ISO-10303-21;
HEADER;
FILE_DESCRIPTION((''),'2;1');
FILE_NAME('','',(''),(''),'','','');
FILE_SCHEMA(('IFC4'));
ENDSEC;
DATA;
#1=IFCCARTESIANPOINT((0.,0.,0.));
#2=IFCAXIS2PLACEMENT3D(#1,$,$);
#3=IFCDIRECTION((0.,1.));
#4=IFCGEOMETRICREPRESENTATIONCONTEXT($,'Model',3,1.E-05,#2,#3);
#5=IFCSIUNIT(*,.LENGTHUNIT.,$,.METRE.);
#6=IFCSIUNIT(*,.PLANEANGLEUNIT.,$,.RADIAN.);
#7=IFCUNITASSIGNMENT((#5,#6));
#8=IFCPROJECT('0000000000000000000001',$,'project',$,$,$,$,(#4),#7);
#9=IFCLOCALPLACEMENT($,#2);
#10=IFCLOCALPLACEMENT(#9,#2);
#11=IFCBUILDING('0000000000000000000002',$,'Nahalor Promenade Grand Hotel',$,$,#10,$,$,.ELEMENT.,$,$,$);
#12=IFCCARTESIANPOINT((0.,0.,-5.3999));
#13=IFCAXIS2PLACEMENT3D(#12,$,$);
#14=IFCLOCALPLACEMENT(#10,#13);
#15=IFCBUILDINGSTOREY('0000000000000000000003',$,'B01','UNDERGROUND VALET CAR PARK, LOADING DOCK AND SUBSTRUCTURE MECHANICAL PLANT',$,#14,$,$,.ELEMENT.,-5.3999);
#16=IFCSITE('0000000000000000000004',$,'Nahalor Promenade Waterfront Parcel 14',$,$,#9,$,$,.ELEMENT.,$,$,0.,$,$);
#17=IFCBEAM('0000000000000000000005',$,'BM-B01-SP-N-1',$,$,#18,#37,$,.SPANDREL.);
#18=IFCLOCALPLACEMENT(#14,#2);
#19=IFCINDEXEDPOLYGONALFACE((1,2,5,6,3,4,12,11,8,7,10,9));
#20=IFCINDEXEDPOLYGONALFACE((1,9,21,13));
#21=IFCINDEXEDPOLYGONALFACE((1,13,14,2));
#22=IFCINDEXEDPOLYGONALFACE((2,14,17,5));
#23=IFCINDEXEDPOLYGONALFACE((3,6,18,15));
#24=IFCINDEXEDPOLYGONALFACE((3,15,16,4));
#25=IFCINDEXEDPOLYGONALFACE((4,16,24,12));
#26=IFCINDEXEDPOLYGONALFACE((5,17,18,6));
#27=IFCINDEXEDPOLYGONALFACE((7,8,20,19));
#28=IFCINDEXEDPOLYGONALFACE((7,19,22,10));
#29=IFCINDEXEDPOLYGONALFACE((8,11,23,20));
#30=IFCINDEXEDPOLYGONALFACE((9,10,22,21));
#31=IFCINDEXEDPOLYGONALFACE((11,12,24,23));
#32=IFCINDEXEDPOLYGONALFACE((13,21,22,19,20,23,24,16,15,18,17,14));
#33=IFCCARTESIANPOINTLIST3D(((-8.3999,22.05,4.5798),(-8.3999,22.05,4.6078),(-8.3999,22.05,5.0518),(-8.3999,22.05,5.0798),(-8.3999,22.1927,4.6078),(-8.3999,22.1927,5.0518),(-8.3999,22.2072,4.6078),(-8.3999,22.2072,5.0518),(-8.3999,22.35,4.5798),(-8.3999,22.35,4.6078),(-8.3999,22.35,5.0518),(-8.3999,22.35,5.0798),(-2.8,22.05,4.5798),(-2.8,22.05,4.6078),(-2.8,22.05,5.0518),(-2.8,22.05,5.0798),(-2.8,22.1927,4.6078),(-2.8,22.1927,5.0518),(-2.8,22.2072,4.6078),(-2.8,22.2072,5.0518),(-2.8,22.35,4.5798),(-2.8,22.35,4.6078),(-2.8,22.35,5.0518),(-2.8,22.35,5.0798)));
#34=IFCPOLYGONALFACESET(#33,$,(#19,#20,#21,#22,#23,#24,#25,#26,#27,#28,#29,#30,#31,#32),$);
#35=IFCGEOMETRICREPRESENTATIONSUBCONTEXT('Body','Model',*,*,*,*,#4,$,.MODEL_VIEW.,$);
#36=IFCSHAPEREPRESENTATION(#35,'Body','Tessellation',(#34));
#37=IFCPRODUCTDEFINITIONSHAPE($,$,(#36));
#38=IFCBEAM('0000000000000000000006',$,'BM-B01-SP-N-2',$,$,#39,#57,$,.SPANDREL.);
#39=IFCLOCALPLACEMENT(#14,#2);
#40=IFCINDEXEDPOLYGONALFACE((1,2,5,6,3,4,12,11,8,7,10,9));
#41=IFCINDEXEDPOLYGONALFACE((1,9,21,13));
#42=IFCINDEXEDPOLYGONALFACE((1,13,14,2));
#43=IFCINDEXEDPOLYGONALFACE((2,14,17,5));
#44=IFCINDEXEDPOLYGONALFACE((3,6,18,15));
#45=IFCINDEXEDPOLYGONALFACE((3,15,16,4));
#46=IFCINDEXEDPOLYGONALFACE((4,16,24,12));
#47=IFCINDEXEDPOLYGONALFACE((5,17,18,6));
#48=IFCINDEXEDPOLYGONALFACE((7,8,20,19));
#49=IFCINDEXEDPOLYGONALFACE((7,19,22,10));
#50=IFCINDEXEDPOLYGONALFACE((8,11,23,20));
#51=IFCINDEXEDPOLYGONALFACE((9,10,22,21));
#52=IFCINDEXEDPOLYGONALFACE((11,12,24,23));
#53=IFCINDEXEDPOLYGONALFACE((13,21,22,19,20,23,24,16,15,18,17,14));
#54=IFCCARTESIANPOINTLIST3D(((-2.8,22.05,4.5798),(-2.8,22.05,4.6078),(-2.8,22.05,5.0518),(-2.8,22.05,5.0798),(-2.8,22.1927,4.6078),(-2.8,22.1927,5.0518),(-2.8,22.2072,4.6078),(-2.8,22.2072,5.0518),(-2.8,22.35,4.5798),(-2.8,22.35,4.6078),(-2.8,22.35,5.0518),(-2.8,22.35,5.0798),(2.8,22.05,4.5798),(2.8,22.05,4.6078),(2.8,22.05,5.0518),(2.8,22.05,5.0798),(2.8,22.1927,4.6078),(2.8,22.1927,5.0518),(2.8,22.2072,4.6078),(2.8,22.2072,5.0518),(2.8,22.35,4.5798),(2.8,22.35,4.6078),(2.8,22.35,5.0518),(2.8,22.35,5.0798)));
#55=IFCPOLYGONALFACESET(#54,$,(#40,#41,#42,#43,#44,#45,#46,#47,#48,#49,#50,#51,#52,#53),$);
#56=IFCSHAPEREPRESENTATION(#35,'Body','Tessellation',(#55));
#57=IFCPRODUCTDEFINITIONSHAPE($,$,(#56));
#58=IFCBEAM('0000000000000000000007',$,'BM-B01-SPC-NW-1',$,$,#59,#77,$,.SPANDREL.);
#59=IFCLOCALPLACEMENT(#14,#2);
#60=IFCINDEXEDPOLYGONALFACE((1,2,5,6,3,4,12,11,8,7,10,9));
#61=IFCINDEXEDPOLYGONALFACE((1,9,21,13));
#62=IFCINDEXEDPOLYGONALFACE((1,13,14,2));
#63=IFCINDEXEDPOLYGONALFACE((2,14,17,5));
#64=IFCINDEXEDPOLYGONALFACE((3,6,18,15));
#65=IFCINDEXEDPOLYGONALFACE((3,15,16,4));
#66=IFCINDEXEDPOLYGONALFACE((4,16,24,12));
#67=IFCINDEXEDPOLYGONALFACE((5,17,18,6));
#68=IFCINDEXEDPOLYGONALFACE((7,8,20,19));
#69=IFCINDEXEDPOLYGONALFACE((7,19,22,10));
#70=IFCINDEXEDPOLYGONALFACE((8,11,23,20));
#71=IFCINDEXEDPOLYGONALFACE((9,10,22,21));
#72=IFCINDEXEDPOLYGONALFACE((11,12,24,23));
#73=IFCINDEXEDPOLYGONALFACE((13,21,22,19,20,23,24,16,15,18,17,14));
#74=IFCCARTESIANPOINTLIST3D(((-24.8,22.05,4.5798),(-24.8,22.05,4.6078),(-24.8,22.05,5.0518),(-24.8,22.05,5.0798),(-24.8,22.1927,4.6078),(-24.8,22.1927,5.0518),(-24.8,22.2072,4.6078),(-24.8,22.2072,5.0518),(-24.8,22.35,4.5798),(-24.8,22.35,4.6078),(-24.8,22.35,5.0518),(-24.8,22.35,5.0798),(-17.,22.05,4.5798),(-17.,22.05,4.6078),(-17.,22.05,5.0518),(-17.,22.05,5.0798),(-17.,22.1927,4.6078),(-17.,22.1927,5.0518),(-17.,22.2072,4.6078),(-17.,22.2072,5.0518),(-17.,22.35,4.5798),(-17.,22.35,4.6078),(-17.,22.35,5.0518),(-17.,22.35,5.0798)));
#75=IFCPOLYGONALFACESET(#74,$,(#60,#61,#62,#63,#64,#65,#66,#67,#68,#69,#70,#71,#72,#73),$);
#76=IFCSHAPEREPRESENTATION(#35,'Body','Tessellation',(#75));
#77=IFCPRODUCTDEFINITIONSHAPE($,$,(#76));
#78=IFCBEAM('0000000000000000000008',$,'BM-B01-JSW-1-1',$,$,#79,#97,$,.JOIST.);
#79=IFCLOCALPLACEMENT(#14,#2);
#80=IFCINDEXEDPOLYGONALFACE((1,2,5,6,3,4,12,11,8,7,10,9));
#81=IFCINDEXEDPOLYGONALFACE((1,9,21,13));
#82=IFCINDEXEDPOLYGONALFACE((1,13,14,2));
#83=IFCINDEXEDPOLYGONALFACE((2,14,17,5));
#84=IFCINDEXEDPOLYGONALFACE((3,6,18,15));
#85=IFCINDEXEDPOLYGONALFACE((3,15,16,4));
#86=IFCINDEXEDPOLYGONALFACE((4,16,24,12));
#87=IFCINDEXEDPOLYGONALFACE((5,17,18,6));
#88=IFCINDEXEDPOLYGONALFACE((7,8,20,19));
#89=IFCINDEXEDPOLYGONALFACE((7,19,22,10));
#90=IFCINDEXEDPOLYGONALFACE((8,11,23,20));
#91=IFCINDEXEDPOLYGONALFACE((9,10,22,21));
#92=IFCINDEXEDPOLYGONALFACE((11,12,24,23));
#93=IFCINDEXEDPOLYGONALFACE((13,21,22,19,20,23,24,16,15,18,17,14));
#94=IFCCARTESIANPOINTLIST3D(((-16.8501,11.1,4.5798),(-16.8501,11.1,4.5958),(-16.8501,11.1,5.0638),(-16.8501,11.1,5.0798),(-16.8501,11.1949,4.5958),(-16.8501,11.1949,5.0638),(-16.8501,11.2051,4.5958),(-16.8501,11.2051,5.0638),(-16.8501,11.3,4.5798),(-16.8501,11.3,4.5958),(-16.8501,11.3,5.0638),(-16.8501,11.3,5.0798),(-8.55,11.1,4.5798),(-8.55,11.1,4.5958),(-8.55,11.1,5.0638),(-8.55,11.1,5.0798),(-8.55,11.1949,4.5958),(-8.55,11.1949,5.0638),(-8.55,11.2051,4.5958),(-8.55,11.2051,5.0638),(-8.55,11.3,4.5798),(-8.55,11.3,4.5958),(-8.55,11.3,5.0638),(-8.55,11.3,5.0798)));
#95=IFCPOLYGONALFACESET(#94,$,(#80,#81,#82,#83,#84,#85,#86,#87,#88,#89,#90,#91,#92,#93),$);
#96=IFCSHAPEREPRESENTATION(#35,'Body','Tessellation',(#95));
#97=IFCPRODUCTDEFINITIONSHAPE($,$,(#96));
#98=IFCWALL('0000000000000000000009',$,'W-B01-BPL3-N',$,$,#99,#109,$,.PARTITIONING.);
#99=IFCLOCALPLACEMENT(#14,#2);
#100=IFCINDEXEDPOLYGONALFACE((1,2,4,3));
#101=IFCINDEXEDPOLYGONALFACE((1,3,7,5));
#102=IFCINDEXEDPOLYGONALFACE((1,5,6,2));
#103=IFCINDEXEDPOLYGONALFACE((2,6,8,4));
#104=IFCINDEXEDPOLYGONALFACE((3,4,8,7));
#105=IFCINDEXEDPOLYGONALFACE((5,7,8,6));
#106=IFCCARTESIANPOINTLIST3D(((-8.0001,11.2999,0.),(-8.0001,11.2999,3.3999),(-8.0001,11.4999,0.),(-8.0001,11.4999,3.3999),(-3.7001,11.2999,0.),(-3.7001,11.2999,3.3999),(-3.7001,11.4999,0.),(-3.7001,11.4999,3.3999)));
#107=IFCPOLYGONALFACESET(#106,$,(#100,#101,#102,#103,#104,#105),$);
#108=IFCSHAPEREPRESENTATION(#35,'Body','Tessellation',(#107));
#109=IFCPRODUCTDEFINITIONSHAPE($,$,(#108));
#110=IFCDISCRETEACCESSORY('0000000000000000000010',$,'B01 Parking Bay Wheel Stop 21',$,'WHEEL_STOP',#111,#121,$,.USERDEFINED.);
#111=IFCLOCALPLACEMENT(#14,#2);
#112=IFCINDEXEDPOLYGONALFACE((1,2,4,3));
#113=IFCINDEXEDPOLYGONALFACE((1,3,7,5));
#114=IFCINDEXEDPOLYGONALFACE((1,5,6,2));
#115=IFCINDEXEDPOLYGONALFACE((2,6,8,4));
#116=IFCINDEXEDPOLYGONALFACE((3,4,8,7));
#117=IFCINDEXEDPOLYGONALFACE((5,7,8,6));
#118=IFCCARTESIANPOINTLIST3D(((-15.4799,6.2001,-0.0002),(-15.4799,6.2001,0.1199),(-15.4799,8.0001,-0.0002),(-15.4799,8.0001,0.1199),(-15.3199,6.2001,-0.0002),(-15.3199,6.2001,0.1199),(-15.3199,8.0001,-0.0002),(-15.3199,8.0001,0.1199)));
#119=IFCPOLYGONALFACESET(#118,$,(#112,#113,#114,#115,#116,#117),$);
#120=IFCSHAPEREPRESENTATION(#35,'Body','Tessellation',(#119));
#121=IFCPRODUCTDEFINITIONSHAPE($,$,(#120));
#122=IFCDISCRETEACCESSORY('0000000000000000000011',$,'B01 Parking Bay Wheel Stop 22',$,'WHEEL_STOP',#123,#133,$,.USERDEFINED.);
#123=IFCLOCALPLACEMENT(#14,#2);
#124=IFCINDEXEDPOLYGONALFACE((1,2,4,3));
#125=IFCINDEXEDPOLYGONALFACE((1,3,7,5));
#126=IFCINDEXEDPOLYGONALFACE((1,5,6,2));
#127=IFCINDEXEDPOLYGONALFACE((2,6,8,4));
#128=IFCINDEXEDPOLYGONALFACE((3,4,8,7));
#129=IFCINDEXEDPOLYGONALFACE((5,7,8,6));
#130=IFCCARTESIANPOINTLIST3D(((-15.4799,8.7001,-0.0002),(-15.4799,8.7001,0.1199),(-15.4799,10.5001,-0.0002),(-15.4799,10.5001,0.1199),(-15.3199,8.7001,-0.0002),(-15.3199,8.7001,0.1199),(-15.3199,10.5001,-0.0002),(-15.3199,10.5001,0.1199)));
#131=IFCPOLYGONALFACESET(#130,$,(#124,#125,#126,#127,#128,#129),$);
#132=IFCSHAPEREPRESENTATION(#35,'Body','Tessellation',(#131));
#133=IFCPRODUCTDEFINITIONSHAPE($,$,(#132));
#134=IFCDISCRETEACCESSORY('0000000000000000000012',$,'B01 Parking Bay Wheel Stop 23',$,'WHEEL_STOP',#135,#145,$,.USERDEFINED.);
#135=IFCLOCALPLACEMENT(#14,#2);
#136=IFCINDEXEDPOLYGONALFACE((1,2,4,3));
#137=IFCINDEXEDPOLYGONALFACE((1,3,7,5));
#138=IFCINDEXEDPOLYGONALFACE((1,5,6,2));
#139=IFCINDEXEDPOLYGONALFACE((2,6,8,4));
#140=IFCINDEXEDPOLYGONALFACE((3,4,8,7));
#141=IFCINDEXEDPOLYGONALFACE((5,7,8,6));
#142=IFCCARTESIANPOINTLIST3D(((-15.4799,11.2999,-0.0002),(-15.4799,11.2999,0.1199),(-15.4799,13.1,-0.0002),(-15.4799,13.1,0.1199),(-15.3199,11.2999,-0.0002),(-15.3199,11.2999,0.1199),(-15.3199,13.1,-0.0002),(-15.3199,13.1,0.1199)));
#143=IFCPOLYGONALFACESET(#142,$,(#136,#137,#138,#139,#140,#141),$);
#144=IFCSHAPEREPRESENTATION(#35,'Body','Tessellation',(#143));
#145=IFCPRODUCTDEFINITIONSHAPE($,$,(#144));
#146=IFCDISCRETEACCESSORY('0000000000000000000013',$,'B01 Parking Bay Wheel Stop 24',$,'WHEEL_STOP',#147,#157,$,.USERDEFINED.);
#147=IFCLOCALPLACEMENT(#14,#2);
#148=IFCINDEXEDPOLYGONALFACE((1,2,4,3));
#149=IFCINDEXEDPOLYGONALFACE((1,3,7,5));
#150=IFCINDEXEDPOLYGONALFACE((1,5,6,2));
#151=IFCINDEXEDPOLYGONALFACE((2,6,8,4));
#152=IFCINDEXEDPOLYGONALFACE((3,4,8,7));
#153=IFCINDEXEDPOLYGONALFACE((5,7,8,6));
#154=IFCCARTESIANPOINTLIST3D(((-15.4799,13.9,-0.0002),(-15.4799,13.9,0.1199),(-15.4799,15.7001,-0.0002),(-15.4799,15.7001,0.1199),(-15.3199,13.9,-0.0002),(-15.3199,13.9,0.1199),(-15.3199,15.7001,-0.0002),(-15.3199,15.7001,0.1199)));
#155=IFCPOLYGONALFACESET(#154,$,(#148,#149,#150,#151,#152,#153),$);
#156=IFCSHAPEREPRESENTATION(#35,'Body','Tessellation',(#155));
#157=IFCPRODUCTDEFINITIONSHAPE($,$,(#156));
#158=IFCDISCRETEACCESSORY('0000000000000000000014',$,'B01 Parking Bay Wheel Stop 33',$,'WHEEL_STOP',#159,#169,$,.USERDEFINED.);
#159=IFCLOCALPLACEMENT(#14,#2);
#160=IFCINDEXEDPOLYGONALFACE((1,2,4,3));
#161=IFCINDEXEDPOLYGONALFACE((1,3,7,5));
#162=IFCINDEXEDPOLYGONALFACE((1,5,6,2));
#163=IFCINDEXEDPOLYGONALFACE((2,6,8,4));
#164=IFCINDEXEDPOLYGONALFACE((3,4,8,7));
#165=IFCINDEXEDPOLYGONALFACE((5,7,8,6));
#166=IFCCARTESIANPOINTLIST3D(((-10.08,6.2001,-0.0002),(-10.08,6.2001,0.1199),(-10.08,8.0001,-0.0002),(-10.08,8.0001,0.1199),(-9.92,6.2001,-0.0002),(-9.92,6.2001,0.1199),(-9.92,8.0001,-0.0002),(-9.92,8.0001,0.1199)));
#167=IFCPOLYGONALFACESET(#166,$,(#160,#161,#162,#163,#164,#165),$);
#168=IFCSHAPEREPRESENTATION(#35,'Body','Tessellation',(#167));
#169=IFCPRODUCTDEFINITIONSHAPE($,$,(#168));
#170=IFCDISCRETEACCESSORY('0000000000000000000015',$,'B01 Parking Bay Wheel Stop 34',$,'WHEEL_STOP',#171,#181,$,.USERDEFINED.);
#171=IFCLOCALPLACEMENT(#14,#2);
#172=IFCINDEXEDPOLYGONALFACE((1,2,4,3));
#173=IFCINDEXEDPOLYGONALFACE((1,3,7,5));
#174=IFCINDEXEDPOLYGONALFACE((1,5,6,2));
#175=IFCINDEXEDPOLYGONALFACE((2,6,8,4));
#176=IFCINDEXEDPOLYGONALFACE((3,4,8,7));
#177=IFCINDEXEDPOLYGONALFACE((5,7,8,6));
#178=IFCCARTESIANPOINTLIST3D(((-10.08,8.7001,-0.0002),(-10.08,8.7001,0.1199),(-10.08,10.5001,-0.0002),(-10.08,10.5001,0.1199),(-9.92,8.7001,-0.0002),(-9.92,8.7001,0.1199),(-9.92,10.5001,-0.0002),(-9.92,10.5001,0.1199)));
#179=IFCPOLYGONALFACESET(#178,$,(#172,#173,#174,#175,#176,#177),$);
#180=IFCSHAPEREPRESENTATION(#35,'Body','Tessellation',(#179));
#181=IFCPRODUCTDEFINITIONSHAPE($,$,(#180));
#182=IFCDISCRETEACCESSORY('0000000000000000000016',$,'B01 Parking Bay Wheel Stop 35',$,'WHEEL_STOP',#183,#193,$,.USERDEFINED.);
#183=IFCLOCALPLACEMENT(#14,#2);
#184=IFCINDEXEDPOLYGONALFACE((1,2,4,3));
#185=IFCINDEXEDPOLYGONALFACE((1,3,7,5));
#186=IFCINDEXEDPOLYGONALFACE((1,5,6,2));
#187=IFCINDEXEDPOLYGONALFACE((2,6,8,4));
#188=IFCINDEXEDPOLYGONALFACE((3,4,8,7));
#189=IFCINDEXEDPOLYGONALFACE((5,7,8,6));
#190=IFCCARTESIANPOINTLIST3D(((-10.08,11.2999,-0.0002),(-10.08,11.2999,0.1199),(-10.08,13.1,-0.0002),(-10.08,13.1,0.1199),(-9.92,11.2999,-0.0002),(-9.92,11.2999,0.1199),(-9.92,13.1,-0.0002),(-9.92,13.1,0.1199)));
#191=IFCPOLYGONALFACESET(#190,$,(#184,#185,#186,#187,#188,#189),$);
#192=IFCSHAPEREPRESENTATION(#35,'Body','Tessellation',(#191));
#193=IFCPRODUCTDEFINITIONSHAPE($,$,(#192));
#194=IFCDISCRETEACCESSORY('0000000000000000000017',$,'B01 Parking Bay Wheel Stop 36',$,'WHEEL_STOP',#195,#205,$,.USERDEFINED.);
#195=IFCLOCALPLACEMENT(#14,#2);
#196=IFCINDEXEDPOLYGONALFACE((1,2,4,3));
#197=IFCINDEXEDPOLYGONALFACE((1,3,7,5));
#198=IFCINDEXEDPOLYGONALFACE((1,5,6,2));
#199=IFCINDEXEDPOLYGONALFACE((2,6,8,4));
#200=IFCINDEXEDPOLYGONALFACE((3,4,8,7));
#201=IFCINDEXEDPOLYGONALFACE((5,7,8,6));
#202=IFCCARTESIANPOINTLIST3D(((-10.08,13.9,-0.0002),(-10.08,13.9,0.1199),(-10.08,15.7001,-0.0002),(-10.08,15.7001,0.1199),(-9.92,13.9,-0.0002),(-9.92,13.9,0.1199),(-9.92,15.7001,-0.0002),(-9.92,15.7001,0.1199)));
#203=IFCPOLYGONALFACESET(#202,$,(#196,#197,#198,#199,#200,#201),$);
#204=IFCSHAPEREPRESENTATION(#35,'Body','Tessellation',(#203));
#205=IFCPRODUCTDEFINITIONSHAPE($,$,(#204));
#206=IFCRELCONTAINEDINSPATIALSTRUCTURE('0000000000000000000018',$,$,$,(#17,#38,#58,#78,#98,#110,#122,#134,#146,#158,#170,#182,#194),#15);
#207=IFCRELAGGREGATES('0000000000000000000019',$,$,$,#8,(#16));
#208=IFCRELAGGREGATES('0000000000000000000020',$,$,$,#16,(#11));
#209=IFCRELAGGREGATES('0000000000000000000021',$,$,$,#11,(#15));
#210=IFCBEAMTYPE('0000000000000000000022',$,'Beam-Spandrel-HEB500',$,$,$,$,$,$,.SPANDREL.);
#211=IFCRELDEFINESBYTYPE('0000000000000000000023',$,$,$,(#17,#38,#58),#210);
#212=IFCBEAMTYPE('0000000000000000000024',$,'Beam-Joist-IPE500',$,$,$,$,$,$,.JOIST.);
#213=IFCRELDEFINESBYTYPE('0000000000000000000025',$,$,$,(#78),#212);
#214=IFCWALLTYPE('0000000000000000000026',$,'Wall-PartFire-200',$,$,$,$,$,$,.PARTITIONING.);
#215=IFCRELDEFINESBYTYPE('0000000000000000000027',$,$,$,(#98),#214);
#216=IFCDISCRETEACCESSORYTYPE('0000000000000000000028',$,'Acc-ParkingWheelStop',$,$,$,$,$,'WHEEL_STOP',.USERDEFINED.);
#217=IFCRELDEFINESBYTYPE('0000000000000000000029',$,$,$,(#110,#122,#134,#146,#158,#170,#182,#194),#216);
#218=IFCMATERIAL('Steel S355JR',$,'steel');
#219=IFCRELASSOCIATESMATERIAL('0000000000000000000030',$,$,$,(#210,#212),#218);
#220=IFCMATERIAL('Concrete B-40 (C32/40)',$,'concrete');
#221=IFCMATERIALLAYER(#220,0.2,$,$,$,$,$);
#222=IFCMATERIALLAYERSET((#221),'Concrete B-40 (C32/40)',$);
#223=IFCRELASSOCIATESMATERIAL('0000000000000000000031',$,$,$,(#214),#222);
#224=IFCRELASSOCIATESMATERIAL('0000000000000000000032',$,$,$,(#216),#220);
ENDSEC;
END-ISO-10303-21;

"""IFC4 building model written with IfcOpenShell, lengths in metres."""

from ifc_helpers import new_model, si_unit, direction, frame, frame_2d, origin, origin_2d, place, context, subcontext, project, spatial, rectangle, i_section, extrude, source, transform, mapped, material, layer, layer_set, material_profile, profile_set, type_object, element, save


model = new_model("IFC4")

# Units and contexts
model_context = context("Model", 3, precision=1e-05, world=origin(), true_north=direction((0.0, 1.0)))
body_context = subcontext(model_context, "Body", "Model", "MODEL_VIEW")
ifc_project = project(units=[si_unit("LENGTHUNIT", "METRE"), si_unit("PLANEANGLEUNIT", "RADIAN")], contexts=[model_context])

# Site, building, storey
site_placement = place(None, origin())
site = spatial("IfcSite", under=ifc_project, at=site_placement, Name="Nahalor Promenade Waterfront Parcel 14", CompositionType="ELEMENT", RefElevation=0.0)
building_placement = place(site_placement, origin())
building = spatial("IfcBuilding", under=site, at=building_placement, Name="Nahalor Promenade Grand Hotel", CompositionType="ELEMENT")
storey_placement = place(building_placement, frame((0.0, 0.0, -5.3999)))
storey = spatial("IfcBuildingStorey", under=building, at=storey_placement, Name="B01", Description="UNDERGROUND VALET CAR PARK, LOADING DOCK AND SUBSTRUCTURE MECHANICAL PLANT", CompositionType="ELEMENT", Elevation=-5.3999)

# Beams
ifc_material_1 = material(Name="Steel S355JR", Category="steel")
ifc_material_profile_1 = material_profile(ifc_material_1, i_section(OverallWidth=0.3, OverallDepth=0.5, WebThickness=0.0145, FlangeThickness=0.028, at=origin_2d()), Name="HEB 500")
ifc_profile_set_1 = profile_set([ifc_material_profile_1], Name="Steel S355JR")
beam_type_1 = type_object("IfcBeamType", Name="Beam-Spandrel-HEB500", PredefinedType="SPANDREL", material=ifc_profile_set_1)
shared_shape_1 = source(origin(), body_context, "Body", "SweptSolid", [
    extrude(i_section(OverallWidth=0.3, OverallDepth=0.5, WebThickness=0.0145, FlangeThickness=0.028, at=origin_2d()), origin(), (0.0, 0.0, 1.0), 5.5999),
])
beam_1_placement = place(storey_placement, frame((-8.3999, 22.2, 4.8298), z_axis=(1.0, 0.0, 0.0), x_axis=(0.0, 1.0, 0.0)))
element("IfcBeam", 1, at=beam_1_placement, inside=storey, type_object=beam_type_1, Name="BM-B01-SP-N-1", PredefinedType="SPANDREL", context=body_context, shape_type="MappedRepresentation", body=[
    mapped(shared_shape_1, transform((0.0, 0.0, 0.0), scale=1.0)),
])
shared_shape_2 = source(origin(), body_context, "Body", "SweptSolid", [
    extrude(i_section(OverallWidth=0.3, OverallDepth=0.5, WebThickness=0.0145, FlangeThickness=0.028, at=origin_2d()), origin(), (0.0, 0.0, 1.0), 5.6001),
])
beam_2_placement = place(storey_placement, frame((-2.8, 22.2, 4.8298), z_axis=(1.0, 0.0, 0.0), x_axis=(0.0, 1.0, 0.0)))
element("IfcBeam", 2, at=beam_2_placement, inside=storey, type_object=beam_type_1, Name="BM-B01-SP-N-2", PredefinedType="SPANDREL", context=body_context, shape_type="MappedRepresentation", body=[
    mapped(shared_shape_2, transform((0.0, 0.0, 0.0), scale=1.0)),
])
shared_shape_3 = source(origin(), body_context, "Body", "SweptSolid", [
    extrude(i_section(OverallWidth=0.3, OverallDepth=0.5, WebThickness=0.0145, FlangeThickness=0.028, at=origin_2d()), origin(), (0.0, 0.0, 1.0), 7.8),
])
beam_3_placement = place(storey_placement, frame((-17.0, 22.2, 4.8298), z_axis=(-1.0, 0.0, 0.0), x_axis=(0.0, -1.0, 0.0)))
element("IfcBeam", 3, at=beam_3_placement, inside=storey, type_object=beam_type_1, Name="BM-B01-SPC-NW-1", PredefinedType="SPANDREL", context=body_context, shape_type="MappedRepresentation", body=[
    mapped(shared_shape_3, transform((0.0, 0.0, 0.0), scale=1.0)),
])
ifc_material_profile_2 = material_profile(ifc_material_1, i_section(OverallWidth=0.2, OverallDepth=0.5, WebThickness=0.0102, FlangeThickness=0.016, at=origin_2d()), Name="IPE 500")
ifc_profile_set_2 = profile_set([ifc_material_profile_2], Name="Steel S355JR")
beam_type_2 = type_object("IfcBeamType", Name="Beam-Joist-IPE500", PredefinedType="JOIST", material=ifc_profile_set_2)
shared_shape_4 = source(origin(), body_context, "Body", "SweptSolid", [
    extrude(i_section(OverallWidth=0.2, OverallDepth=0.5, WebThickness=0.0102, FlangeThickness=0.016, at=origin_2d()), origin(), (0.0, 0.0, 1.0), 8.3),
])
beam_4_placement = place(storey_placement, frame((-16.8501, 11.2, 4.8298), z_axis=(1.0, 0.0, 0.0), x_axis=(0.0, 1.0, 0.0)))
element("IfcBeam", 4, at=beam_4_placement, inside=storey, type_object=beam_type_2, Name="BM-B01-JSW-1-1", PredefinedType="JOIST", context=body_context, shape_type="MappedRepresentation", body=[
    mapped(shared_shape_4, transform((0.0, 0.0, 0.0), scale=1.0)),
])

# Wall
ifc_material_2 = material(Name="Concrete B-40 (C32/40)", Category="concrete")
ifc_layer = layer(ifc_material_2, 0.2)
ifc_layer_set = layer_set([ifc_layer], Name="Concrete B-40 (C32/40)")
wall_type = type_object("IfcWallType", Name="Wall-PartFire-200", PredefinedType="PARTITIONING", material=ifc_layer_set)
shared_shape_5 = source(origin(), body_context, "Body", "SweptSolid", [
    extrude(rectangle(XDim=4.3, YDim=0.2, at=frame_2d((2.1499, 0.0))), origin(), (0.0, 0.0, 1.0), 3.3999),
])
wall_1_placement = place(storey_placement, frame((-8.0, 11.3999, 0.0), z_axis=(0.0, 0.0, 1.0), x_axis=(1.0, 0.0, 0.0)))
element("IfcWall", 5, at=wall_1_placement, inside=storey, type_object=wall_type, Name="W-B01-BPL3-N", PredefinedType="PARTITIONING", context=body_context, shape_type="MappedRepresentation", body=[
    mapped(shared_shape_5, transform((0.0, 0.0, 0.0), scale=1.0)),
])

# Discrete accessories
discrete_accessory_type = type_object("IfcDiscreteAccessoryType", Name="Acc-ParkingWheelStop", ElementType="WHEEL_STOP", PredefinedType="USERDEFINED", material=ifc_material_2)
shared_shape_6 = source(origin(), body_context, "Body", "SweptSolid", [
    extrude(rectangle(XDim=1.8, YDim=0.1599, at=origin_2d()), origin(), (0.0, 0.0, 1.0), 0.1201),
])
for number, where, z_axis, x_axis, name in (
    (6, (-15.3999, 7.1001, -0.0002), (0.0, 0.0, 1.0), (0.0, 1.0, 0.0), "B01 Parking Bay Wheel Stop 21"),
    (7, (-15.3999, 9.6001, -0.0002), (0.0, 0.0, 1.0), (0.0, 1.0, 0.0), "B01 Parking Bay Wheel Stop 22"),
    (8, (-15.3999, 12.2, -0.0002), (0.0, 0.0, 1.0), (0.0, 1.0, 0.0), "B01 Parking Bay Wheel Stop 23"),
    (9, (-15.3999, 14.8, -0.0002), (0.0, 0.0, 1.0), (0.0, 1.0, 0.0), "B01 Parking Bay Wheel Stop 24"),
    (10, (-10.0, 7.1001, -0.0002), (0.0, 0.0, 1.0), (0.0, 1.0, 0.0), "B01 Parking Bay Wheel Stop 33"),
    (11, (-10.0, 9.6001, -0.0002), (0.0, 0.0, 1.0), (0.0, 1.0, 0.0), "B01 Parking Bay Wheel Stop 34"),
    (12, (-10.0, 12.2, -0.0002), (0.0, 0.0, 1.0), (0.0, 1.0, 0.0), "B01 Parking Bay Wheel Stop 35"),
    (13, (-10.0, 14.8, -0.0002), (0.0, 0.0, 1.0), (0.0, 1.0, 0.0), "B01 Parking Bay Wheel Stop 36"),
):
    element("IfcDiscreteAccessory", number, at=place(storey_placement, frame(where, z_axis=z_axis, x_axis=x_axis)), inside=storey, type_object=discrete_accessory_type, Name=name, ObjectType="WHEEL_STOP", PredefinedType="USERDEFINED", context=body_context, shape_type="MappedRepresentation", body=[
        mapped(shared_shape_6, transform((0.0, 0.0, 0.0), scale=1.0)),
    ])

save(model, "model.ifc")
